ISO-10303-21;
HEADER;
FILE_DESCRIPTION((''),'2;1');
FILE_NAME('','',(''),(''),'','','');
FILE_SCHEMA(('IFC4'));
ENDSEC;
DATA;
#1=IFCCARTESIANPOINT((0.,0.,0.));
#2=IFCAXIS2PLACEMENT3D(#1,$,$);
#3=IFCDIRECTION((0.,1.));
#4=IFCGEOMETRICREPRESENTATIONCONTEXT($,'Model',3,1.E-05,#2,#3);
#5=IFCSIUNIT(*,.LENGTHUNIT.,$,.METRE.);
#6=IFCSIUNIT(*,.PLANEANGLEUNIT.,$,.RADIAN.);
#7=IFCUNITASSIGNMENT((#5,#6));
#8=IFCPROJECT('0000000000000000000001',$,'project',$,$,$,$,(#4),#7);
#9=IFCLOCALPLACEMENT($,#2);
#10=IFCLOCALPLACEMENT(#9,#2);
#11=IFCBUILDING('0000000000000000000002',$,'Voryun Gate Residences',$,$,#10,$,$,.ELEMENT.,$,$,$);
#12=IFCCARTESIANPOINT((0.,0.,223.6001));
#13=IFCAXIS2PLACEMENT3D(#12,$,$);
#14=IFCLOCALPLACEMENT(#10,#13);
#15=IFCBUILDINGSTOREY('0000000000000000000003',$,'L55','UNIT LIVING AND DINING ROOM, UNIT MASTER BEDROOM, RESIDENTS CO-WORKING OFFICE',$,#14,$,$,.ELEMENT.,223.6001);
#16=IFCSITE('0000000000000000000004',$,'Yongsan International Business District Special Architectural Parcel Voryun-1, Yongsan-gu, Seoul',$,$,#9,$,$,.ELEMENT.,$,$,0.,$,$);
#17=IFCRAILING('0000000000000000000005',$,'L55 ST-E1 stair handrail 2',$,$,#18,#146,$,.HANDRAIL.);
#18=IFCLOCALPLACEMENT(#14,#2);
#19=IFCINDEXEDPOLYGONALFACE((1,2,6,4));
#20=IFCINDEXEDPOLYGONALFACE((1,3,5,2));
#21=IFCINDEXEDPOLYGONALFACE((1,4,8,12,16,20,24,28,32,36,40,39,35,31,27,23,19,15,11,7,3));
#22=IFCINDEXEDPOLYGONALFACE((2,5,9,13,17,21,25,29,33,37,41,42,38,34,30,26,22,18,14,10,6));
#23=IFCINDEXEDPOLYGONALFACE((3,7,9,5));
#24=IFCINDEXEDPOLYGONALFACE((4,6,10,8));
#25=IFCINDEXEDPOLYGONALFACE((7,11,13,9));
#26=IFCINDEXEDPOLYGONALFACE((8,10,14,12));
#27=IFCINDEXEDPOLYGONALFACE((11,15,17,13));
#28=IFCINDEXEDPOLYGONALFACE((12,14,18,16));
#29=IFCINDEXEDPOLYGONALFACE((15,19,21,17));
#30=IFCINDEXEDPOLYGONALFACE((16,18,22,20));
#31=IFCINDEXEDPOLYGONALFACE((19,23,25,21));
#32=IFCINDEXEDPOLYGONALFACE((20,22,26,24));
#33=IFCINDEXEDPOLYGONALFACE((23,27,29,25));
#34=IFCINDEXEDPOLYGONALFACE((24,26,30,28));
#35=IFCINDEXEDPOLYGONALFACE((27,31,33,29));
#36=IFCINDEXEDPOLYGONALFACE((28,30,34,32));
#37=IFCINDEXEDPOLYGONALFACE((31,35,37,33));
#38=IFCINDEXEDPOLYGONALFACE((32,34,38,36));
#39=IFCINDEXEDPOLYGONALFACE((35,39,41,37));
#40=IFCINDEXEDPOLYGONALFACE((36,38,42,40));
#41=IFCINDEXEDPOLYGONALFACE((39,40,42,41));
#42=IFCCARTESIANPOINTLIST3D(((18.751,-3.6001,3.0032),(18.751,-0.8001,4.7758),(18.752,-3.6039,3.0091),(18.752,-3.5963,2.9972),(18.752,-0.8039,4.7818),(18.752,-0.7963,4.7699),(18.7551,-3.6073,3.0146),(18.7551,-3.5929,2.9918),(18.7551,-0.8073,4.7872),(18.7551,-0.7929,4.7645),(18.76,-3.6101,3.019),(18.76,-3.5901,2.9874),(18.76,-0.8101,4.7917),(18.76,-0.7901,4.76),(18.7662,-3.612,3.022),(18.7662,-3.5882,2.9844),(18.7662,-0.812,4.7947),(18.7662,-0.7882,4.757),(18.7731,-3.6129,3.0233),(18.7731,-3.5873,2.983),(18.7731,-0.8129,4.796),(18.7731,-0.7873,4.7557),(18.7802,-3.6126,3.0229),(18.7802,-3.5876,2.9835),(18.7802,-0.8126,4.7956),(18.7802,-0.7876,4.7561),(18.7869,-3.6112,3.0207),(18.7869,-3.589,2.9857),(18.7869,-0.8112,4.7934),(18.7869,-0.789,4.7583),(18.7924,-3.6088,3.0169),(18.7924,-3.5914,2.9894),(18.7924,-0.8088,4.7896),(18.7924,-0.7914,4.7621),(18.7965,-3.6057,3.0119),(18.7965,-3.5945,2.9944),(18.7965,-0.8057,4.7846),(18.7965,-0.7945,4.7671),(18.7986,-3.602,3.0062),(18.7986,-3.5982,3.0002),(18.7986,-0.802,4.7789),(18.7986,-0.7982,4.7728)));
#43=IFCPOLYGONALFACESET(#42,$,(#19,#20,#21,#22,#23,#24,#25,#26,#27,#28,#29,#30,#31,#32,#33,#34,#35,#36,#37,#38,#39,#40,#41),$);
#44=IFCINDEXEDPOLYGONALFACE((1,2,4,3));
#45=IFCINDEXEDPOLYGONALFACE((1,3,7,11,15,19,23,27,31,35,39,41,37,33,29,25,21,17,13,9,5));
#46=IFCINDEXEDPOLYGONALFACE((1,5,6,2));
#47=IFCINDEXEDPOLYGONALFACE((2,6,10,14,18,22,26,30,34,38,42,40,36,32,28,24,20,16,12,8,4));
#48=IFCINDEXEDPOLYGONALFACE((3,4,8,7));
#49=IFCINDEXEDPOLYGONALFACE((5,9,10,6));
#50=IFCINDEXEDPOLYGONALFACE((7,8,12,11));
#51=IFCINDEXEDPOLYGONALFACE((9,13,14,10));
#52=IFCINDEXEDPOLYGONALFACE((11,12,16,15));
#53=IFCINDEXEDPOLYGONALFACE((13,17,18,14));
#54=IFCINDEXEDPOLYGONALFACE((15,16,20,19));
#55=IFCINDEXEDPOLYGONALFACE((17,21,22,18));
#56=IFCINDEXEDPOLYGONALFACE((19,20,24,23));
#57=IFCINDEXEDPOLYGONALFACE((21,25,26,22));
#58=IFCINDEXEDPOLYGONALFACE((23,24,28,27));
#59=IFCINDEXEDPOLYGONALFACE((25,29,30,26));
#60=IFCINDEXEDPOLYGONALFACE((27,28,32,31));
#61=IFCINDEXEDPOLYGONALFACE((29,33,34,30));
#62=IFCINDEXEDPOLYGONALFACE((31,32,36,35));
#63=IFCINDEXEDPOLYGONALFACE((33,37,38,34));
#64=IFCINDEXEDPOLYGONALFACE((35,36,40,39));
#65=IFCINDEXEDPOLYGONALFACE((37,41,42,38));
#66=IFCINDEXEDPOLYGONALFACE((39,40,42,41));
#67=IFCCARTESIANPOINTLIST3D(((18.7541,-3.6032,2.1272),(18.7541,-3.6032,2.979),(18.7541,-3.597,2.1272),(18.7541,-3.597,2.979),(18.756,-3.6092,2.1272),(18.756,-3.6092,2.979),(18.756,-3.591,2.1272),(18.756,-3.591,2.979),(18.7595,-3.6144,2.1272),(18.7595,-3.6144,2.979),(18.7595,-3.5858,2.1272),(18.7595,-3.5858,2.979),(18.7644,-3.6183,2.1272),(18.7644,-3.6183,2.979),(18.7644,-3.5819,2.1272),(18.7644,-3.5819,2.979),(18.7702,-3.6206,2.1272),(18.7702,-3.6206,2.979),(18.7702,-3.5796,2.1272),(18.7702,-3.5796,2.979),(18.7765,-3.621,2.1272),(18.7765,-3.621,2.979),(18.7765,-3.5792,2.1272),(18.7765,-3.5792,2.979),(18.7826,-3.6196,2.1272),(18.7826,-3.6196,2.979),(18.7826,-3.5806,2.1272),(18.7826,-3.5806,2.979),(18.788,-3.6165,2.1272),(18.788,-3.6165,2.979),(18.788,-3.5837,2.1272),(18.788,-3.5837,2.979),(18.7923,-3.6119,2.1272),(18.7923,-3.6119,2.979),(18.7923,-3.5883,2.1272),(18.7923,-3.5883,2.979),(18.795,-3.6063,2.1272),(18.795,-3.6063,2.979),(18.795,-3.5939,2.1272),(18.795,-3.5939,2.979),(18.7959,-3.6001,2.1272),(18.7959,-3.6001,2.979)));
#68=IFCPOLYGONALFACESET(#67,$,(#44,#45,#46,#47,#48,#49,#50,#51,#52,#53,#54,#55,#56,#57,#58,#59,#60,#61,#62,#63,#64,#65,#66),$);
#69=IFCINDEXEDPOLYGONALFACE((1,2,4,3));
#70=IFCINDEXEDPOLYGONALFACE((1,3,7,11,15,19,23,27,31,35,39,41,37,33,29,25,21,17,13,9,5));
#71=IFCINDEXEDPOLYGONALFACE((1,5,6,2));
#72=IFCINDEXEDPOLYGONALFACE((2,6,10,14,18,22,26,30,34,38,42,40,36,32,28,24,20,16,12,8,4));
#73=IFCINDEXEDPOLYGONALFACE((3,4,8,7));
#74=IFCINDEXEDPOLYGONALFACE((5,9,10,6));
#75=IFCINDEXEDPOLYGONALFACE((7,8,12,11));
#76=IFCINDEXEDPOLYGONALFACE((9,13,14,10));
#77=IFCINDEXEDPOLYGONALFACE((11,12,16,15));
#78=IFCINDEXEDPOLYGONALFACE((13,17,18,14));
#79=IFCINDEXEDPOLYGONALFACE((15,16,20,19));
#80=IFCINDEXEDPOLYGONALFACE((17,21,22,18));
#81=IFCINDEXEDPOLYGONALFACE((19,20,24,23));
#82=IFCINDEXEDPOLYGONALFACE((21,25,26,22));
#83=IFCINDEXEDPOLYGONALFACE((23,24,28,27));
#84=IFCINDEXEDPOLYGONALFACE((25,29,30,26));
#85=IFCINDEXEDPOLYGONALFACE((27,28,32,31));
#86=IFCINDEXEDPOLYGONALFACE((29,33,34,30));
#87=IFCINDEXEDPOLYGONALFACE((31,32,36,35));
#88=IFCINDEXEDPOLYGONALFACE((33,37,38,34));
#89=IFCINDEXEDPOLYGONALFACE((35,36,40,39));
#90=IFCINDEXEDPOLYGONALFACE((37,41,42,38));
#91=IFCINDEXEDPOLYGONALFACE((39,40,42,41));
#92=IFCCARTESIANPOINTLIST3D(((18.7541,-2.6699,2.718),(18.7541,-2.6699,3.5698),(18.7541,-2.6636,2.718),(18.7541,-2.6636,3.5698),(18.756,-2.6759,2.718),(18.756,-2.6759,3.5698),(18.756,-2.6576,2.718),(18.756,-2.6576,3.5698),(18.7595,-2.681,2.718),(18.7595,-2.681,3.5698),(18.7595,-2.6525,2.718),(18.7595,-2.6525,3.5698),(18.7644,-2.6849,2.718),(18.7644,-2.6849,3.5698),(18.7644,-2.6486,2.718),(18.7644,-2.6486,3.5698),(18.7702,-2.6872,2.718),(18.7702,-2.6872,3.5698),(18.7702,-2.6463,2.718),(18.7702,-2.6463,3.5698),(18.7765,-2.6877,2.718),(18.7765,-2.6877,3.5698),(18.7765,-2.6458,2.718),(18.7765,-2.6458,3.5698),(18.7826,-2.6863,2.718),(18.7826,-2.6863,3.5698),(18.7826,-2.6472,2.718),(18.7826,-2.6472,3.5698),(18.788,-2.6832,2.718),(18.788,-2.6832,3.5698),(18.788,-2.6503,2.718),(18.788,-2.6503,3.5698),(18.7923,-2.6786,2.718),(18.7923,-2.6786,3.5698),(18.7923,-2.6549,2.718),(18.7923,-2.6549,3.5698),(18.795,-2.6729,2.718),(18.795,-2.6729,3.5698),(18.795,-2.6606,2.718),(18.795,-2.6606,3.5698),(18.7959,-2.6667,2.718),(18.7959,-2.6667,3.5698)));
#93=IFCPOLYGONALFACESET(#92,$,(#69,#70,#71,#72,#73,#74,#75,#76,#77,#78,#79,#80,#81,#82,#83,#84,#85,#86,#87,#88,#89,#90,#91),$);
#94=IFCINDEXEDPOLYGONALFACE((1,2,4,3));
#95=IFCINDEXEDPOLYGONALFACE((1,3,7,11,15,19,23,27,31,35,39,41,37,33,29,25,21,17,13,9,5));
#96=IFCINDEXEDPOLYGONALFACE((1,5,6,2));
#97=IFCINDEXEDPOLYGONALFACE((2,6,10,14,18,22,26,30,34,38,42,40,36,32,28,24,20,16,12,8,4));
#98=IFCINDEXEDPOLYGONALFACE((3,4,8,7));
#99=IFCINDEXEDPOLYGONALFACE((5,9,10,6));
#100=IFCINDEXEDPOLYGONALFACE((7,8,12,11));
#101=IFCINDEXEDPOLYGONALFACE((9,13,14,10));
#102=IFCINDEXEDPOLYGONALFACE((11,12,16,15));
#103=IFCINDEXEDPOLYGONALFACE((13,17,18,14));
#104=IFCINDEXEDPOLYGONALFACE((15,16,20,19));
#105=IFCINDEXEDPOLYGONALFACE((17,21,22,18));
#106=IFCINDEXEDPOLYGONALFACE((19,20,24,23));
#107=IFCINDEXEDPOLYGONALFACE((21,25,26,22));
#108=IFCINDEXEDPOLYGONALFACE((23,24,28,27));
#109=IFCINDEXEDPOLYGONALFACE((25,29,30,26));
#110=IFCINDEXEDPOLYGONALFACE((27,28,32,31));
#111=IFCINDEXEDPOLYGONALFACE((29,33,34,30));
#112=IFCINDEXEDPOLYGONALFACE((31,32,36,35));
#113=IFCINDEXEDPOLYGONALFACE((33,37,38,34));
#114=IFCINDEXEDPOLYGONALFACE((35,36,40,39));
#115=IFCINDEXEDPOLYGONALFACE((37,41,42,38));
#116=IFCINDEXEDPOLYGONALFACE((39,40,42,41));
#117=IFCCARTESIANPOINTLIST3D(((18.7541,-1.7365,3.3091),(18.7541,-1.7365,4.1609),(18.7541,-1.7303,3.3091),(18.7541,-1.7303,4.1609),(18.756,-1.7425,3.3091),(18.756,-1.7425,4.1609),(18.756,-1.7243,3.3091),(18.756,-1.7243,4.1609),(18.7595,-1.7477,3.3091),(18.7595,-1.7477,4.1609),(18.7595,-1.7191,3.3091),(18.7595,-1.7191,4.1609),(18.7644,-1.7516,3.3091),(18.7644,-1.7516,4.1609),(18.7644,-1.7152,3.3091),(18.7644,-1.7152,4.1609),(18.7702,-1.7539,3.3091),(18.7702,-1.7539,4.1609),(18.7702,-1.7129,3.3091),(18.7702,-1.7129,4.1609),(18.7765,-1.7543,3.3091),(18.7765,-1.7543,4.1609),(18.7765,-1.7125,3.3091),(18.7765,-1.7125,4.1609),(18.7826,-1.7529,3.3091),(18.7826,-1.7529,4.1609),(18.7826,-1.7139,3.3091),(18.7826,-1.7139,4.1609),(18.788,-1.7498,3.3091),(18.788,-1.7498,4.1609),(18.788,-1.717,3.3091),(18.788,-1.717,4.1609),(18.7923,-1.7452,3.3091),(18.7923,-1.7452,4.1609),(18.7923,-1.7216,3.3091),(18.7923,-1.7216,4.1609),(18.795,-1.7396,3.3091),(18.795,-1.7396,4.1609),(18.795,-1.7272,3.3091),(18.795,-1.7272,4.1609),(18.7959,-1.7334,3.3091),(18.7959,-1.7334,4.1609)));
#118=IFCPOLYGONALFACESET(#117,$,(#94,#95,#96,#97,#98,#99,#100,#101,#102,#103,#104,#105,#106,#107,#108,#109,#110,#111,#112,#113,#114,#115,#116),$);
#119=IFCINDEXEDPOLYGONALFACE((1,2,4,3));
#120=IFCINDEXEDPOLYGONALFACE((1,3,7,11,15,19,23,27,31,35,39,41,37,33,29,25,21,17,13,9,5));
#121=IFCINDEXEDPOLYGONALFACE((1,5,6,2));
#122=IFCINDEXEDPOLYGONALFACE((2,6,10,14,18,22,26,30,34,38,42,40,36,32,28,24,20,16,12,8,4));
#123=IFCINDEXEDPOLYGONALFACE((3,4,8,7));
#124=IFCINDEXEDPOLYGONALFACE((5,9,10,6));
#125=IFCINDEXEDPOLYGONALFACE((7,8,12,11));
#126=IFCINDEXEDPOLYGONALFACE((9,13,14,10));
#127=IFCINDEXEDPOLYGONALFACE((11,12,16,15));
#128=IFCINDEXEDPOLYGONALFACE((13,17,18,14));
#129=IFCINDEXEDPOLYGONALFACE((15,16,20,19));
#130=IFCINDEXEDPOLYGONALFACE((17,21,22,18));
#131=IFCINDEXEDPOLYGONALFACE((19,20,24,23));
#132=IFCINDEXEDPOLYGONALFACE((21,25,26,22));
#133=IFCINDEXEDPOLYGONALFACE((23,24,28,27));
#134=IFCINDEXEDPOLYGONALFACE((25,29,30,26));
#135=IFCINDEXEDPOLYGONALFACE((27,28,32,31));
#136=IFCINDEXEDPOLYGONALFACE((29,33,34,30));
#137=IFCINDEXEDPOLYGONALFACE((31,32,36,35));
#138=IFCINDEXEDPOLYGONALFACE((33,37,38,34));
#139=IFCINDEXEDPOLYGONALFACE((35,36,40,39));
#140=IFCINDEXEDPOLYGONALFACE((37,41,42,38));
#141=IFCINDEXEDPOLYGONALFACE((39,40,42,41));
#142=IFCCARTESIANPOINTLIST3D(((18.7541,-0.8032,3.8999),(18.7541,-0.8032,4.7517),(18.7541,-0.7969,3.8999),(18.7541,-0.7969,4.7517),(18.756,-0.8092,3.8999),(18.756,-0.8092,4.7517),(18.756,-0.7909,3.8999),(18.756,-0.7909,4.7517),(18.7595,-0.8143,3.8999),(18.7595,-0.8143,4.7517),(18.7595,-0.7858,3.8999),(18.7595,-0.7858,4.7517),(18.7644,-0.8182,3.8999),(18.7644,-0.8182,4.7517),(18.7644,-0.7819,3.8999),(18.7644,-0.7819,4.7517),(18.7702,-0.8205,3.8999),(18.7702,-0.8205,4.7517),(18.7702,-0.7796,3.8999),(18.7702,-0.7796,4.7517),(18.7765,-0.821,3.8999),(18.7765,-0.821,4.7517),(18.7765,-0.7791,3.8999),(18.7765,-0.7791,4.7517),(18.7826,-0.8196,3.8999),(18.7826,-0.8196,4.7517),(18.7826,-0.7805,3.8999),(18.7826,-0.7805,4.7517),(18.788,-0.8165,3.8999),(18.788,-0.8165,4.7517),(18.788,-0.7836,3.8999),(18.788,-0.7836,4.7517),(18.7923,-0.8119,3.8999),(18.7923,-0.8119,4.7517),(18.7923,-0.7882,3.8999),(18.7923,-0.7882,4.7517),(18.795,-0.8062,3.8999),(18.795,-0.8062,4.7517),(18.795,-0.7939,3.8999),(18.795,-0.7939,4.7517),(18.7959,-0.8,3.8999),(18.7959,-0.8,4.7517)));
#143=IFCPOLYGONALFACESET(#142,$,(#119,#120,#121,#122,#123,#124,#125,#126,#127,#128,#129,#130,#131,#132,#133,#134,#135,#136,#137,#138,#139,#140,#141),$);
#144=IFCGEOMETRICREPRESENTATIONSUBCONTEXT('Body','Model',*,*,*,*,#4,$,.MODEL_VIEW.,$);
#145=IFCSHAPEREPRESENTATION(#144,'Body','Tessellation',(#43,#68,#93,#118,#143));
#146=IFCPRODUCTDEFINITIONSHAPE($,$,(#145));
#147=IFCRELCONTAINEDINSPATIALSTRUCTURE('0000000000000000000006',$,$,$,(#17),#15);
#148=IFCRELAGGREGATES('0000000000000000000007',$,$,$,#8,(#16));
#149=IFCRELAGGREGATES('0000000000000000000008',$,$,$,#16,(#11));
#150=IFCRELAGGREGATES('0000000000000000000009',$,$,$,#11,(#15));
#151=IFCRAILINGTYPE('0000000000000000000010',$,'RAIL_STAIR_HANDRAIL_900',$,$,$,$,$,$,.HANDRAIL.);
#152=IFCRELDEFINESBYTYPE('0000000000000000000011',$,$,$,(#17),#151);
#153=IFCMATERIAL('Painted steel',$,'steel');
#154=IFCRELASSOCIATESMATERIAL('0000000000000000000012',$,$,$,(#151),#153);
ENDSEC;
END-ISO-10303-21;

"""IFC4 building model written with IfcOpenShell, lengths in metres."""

from ifc_helpers import new_model, si_unit, direction, frame, origin, origin_2d, place, context, subcontext, project, spatial, circle, extrude, material, type_object, element, save


model = new_model("IFC4")

# Units and contexts
model_context = context("Model", 3, precision=1e-05, world=origin(), true_north=direction((0.0, 1.0)))
body_context = subcontext(model_context, "Body", "Model", "MODEL_VIEW")
ifc_project = project(units=[si_unit("LENGTHUNIT", "METRE"), si_unit("PLANEANGLEUNIT", "RADIAN")], contexts=[model_context])

# Site, building, storey
site_placement = place(None, origin())
site = spatial("IfcSite", under=ifc_project, at=site_placement, Name="Yongsan International Business District Special Architectural Parcel Voryun-1, Yongsan-gu, Seoul", CompositionType="ELEMENT", RefElevation=0.0)
building_placement = place(site_placement, origin())
building = spatial("IfcBuilding", under=site, at=building_placement, Name="Voryun Gate Residences", CompositionType="ELEMENT")
storey_placement = place(building_placement, frame((0.0, 0.0, 223.6001)))
storey = spatial("IfcBuildingStorey", under=building, at=storey_placement, Name="L55", Description="UNIT LIVING AND DINING ROOM, UNIT MASTER BEDROOM, RESIDENTS CO-WORKING OFFICE", CompositionType="ELEMENT", Elevation=223.6001)

# Railing
ifc_material_1 = material(Name="Painted steel", Category="steel")
railing_type_1 = type_object("IfcRailingType", Name="RAIL_STAIR_HANDRAIL_900", PredefinedType="HANDRAIL", material=ifc_material_1)
railing_1_placement = place(storey_placement, frame((18.7749, -3.6001, 2.1272)))
element("IfcRailing", 1, at=railing_1_placement, inside=storey, type_object=railing_type_1, Name="L55 ST-E1 stair handrail 2", PredefinedType="HANDRAIL", context=body_context, shape_type="SweptSolid", body=[
    extrude(circle(Radius=0.0239, at=origin_2d()), frame((0.0, 0.0, 0.876), z_axis=(0.0, 0.844909, 0.53491), x_axis=(-1.0, 0.0, 0.0)), (0.0, 0.0, 1.0), 3.314),
    extrude(circle(Radius=0.021, at=origin_2d()), origin(), (0.0, 0.0, 1.0), 0.8518),
    extrude(circle(Radius=0.021, at=origin_2d()), frame((0.0, 0.9333, 0.5908)), (0.0, 0.0, 1.0), 0.8518),
    extrude(circle(Radius=0.021, at=origin_2d()), frame((0.0, 1.8667, 1.1819)), (0.0, 0.0, 1.0), 0.8518),
    extrude(circle(Radius=0.021, at=origin_2d()), frame((0.0, 2.8, 1.7727)), (0.0, 0.0, 1.0), 0.8518),
])

save(model, "model.ifc")
